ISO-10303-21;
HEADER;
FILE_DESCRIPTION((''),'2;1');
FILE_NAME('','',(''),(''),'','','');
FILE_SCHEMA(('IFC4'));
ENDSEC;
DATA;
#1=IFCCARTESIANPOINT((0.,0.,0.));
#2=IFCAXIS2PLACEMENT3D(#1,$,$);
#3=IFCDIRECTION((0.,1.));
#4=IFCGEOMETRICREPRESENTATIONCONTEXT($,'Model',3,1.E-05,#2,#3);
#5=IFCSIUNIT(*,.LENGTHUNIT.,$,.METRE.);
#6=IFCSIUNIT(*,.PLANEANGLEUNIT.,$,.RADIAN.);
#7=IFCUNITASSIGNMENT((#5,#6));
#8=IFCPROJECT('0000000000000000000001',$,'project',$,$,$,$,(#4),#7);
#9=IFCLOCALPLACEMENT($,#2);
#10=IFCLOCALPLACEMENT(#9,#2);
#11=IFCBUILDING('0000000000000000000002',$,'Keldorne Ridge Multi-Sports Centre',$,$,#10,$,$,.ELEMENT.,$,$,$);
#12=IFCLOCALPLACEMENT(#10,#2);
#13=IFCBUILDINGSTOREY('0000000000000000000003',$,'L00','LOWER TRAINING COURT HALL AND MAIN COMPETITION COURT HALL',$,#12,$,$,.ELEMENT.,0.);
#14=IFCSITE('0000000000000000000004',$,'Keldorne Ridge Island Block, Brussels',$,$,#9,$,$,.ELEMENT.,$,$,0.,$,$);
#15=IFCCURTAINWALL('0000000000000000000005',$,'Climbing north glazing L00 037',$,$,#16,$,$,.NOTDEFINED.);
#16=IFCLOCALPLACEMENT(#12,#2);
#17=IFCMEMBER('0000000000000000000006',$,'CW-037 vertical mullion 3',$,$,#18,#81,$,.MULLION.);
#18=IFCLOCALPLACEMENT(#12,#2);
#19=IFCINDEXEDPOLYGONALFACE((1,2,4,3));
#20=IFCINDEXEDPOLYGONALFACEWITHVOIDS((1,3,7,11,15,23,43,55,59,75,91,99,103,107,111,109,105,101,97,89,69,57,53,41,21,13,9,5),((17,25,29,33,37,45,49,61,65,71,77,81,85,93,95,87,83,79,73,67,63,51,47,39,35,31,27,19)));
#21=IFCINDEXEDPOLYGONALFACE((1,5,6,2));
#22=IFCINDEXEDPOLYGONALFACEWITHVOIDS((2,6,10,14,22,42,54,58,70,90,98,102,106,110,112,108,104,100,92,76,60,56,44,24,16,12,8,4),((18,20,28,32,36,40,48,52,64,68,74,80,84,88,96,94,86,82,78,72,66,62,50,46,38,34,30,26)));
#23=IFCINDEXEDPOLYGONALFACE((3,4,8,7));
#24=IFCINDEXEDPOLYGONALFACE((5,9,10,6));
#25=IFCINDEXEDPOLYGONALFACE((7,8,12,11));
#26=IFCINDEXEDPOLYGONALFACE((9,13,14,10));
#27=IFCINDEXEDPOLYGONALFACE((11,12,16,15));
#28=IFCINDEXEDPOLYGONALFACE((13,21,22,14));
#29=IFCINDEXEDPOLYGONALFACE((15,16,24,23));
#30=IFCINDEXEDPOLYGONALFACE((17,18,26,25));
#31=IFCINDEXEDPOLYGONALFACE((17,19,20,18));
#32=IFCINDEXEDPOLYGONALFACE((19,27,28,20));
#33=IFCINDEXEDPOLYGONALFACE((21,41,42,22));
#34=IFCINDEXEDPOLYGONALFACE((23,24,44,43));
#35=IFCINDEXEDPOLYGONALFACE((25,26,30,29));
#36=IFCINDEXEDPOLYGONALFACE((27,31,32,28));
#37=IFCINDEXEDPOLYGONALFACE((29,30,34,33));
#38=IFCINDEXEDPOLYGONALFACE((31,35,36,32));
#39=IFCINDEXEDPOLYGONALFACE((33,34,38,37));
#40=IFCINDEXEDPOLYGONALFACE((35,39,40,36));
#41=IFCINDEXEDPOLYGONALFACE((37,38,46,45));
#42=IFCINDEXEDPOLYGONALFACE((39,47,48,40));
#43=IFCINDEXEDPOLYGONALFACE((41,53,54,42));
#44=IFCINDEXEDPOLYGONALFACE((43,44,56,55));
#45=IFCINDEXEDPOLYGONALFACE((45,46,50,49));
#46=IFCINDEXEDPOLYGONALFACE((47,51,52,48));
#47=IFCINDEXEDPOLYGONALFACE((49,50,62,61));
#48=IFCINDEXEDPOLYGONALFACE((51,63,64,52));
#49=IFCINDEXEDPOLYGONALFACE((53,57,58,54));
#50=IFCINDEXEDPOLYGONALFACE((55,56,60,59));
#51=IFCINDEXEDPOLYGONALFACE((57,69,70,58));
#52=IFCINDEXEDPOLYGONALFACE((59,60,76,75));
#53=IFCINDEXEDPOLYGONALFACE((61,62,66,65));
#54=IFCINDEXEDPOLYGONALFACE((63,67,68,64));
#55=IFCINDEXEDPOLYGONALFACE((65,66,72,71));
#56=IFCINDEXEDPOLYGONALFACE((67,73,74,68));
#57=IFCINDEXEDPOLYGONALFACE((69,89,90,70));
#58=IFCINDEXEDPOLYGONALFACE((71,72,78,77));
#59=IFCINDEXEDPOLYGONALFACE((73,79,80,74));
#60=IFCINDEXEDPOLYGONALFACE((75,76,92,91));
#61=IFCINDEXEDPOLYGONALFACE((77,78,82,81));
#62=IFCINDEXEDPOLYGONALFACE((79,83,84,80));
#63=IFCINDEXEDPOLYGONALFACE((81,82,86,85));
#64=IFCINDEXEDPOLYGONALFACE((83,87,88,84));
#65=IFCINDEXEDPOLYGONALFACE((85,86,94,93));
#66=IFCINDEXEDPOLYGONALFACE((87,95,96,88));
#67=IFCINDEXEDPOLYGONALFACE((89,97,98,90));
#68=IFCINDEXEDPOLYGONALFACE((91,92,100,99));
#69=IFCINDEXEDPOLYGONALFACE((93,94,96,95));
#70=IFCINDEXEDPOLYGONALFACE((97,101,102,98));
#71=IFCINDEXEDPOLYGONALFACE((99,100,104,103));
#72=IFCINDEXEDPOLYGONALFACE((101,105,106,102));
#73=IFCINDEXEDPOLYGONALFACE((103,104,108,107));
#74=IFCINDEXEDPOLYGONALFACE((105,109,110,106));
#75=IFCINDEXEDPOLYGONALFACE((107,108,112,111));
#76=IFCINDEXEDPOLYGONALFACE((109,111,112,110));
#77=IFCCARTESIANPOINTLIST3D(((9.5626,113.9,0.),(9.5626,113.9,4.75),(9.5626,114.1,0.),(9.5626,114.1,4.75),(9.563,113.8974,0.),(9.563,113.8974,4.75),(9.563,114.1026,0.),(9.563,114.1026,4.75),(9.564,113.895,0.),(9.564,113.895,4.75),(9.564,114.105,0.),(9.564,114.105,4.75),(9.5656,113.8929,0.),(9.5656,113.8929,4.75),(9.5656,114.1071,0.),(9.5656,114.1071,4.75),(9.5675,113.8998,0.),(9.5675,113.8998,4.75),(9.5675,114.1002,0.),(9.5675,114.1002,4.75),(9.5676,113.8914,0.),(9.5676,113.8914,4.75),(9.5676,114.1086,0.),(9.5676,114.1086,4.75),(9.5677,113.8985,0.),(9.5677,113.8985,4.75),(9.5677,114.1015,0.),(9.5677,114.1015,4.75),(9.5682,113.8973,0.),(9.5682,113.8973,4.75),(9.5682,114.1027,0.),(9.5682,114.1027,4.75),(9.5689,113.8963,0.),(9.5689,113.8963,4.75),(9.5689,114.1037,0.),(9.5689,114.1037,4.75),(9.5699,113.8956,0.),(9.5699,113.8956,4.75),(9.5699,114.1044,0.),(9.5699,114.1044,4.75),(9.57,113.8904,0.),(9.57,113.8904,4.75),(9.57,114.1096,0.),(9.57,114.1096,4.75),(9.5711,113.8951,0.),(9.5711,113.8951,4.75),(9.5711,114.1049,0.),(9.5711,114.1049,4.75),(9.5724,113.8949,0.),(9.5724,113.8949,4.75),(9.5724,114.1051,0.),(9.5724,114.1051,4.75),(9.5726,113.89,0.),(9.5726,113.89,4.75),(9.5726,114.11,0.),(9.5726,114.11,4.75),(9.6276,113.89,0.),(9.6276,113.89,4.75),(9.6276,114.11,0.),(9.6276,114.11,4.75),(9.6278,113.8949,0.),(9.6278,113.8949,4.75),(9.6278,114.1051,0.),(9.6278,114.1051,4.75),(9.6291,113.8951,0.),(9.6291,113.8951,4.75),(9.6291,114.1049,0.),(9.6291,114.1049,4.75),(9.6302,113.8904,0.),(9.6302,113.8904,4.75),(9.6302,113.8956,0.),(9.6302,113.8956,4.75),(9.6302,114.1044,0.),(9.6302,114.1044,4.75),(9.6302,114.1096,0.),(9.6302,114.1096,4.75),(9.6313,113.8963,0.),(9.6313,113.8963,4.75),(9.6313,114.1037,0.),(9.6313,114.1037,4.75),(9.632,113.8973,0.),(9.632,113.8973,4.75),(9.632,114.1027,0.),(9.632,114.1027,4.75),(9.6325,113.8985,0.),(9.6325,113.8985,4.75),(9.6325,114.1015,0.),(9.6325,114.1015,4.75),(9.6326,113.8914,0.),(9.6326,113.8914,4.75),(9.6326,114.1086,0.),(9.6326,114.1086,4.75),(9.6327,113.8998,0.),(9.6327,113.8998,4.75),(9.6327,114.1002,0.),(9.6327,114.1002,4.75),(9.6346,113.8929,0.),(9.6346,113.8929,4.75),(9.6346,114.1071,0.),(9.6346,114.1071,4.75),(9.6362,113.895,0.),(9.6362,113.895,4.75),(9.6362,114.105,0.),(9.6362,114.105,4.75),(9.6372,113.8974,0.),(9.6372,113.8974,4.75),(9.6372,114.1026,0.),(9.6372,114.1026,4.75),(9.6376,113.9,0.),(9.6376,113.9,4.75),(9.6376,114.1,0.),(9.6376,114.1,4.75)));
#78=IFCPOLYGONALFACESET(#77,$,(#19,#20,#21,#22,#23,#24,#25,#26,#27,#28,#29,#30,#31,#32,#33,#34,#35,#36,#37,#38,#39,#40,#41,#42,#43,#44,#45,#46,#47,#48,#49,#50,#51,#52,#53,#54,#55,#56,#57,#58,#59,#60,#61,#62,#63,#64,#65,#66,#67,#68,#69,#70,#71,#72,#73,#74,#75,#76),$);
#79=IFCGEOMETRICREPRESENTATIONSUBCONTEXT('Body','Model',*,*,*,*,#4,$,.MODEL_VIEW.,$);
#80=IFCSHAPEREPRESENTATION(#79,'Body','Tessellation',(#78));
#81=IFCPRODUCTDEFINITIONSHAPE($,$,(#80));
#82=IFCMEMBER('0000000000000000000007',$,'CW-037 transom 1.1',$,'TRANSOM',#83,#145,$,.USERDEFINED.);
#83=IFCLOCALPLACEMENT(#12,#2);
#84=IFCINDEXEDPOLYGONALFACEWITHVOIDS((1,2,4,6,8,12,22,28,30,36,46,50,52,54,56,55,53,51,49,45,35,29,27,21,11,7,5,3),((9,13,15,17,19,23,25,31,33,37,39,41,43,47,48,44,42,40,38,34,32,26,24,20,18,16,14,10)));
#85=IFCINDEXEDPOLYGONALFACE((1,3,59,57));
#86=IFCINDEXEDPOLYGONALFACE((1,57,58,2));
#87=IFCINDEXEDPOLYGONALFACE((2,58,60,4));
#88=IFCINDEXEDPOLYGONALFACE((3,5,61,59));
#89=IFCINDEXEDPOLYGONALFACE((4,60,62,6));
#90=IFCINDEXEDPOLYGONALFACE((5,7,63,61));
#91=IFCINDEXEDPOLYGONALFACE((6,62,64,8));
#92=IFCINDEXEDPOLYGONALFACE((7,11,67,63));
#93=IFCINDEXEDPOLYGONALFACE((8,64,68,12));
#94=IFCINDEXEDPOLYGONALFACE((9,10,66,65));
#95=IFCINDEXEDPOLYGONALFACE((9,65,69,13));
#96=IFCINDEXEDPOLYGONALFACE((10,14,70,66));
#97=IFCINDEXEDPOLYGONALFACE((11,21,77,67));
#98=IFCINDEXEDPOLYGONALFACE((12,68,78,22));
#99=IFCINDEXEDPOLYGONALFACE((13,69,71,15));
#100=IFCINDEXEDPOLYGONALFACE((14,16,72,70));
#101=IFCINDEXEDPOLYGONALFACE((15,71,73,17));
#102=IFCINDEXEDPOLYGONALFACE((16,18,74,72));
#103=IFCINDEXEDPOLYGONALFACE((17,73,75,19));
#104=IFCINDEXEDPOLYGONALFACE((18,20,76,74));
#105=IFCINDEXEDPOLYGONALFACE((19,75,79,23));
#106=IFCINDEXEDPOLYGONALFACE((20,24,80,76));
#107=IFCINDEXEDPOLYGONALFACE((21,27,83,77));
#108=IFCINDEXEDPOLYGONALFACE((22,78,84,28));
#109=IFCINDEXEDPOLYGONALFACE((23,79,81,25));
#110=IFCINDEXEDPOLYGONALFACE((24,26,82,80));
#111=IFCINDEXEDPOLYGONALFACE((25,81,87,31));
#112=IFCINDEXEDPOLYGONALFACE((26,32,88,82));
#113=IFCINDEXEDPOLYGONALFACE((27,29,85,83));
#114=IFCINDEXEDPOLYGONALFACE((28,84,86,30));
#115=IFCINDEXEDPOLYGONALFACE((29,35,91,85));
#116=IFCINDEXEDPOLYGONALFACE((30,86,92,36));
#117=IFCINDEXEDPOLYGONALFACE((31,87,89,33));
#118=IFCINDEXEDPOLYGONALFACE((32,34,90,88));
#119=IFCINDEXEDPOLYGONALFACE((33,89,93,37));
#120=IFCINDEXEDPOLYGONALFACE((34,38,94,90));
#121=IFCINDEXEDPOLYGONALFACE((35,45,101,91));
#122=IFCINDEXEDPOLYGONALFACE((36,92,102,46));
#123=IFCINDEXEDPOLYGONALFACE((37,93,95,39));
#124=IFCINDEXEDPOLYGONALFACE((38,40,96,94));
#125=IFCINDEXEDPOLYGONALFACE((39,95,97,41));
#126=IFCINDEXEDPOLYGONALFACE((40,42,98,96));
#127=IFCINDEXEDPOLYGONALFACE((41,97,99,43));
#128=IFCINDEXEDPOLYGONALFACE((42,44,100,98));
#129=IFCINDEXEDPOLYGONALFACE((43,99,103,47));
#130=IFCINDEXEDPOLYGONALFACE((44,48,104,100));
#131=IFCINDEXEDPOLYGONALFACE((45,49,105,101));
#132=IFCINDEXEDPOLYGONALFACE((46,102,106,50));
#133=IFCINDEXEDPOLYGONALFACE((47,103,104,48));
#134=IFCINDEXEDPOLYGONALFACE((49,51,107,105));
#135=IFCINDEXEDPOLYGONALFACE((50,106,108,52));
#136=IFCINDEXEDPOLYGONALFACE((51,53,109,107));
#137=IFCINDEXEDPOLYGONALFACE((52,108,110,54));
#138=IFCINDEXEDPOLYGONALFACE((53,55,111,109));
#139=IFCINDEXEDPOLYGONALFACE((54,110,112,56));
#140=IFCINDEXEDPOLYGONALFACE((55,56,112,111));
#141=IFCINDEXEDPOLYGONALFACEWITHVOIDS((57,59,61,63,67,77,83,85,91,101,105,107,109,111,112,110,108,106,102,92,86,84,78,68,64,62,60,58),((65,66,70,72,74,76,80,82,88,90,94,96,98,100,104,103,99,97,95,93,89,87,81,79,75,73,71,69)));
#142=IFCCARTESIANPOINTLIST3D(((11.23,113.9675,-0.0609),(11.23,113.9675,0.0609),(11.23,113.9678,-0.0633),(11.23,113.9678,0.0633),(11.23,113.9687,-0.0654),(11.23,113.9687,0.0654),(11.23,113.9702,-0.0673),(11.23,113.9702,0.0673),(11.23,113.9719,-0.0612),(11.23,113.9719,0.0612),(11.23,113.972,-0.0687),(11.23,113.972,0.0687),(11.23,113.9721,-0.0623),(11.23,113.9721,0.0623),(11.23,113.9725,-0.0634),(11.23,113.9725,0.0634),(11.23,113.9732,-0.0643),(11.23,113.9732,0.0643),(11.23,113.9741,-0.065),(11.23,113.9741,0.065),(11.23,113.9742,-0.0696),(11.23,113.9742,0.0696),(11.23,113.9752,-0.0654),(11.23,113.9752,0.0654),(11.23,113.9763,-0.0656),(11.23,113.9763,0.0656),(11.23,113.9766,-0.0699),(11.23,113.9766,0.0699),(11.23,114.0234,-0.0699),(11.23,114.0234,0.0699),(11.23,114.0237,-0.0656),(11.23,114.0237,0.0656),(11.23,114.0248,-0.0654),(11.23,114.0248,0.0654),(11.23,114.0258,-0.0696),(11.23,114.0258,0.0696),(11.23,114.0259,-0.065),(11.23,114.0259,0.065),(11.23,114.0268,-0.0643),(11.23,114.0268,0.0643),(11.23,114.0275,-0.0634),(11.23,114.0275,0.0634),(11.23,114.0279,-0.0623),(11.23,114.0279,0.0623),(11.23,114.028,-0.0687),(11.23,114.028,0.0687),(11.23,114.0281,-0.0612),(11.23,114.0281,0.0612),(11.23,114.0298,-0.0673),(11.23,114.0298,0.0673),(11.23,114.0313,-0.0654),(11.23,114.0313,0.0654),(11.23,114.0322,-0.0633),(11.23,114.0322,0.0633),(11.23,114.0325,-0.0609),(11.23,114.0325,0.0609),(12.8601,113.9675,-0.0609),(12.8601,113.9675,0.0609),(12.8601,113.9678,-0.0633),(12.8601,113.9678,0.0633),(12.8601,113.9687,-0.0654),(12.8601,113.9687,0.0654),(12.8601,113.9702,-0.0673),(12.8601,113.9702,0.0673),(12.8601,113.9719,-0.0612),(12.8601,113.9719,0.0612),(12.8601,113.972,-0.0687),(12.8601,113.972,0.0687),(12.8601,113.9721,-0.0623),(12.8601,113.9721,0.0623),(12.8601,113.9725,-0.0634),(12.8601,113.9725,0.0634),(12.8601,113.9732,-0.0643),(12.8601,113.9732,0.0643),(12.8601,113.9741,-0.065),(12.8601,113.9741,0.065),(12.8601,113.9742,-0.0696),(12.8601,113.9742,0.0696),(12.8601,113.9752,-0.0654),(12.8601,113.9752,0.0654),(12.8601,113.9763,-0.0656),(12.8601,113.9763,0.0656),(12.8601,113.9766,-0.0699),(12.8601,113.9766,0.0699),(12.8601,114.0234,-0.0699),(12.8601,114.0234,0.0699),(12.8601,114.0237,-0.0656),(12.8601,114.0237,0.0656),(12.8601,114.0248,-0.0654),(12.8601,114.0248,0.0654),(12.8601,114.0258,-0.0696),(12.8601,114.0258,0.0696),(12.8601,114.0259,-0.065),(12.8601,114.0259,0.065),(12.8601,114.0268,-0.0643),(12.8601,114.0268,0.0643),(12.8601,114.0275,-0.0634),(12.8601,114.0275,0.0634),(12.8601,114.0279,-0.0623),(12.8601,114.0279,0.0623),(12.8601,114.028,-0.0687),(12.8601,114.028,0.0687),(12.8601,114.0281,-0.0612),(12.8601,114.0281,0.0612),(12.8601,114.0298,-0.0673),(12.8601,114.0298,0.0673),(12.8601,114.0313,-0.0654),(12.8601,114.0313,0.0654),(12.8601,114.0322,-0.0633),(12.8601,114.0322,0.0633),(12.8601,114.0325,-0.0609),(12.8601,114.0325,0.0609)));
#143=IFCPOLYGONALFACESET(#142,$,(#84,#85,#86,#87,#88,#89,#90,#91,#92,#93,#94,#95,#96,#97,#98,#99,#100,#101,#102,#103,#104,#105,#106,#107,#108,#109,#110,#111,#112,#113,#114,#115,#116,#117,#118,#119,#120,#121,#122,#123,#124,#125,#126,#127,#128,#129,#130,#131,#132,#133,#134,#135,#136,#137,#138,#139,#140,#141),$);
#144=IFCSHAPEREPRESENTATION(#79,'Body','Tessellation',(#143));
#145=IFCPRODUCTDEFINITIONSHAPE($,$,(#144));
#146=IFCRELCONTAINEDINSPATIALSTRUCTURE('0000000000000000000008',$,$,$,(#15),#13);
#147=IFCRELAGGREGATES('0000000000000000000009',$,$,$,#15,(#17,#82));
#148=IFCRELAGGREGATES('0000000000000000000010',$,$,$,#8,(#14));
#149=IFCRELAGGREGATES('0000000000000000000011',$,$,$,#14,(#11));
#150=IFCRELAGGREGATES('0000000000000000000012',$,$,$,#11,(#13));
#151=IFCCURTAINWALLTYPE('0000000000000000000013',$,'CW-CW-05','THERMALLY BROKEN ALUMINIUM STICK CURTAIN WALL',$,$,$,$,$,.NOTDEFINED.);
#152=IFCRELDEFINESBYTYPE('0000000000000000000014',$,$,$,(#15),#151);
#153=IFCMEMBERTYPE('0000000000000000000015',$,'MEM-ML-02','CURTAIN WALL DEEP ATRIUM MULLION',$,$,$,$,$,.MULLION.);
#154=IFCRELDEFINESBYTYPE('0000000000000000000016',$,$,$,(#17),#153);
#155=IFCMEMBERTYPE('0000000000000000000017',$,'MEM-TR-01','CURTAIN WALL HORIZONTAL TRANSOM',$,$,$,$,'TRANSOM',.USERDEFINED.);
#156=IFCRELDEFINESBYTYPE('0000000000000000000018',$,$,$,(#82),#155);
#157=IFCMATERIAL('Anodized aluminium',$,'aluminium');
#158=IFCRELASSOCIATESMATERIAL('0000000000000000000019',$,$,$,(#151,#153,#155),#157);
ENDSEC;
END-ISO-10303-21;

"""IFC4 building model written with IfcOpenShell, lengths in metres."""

from ifc_helpers import new_model, si_unit, direction, frame, origin, origin_2d, place, context, subcontext, project, spatial, hollow_rectangle, extrude, material, material_profile, profile_set, type_object, element, aggregate, save


model = new_model("IFC4")

# Units and contexts
model_context = context("Model", 3, precision=1e-05, world=origin(), true_north=direction((0.0, 1.0)))
body_context = subcontext(model_context, "Body", "Model", "MODEL_VIEW")
ifc_project = project(units=[si_unit("LENGTHUNIT", "METRE"), si_unit("PLANEANGLEUNIT", "RADIAN")], contexts=[model_context])

# Site, building, storey
site_placement = place(None, origin())
site = spatial("IfcSite", under=ifc_project, at=site_placement, Name="Keldorne Ridge Island Block, Brussels", CompositionType="ELEMENT", RefElevation=0.0)
building_placement = place(site_placement, origin())
building = spatial("IfcBuilding", under=site, at=building_placement, Name="Keldorne Ridge Multi-Sports Centre", CompositionType="ELEMENT")
storey_placement = place(building_placement, origin())
storey = spatial("IfcBuildingStorey", under=building, at=storey_placement, Name="L00", Description="LOWER TRAINING COURT HALL AND MAIN COMPETITION COURT HALL", CompositionType="ELEMENT", Elevation=0.0)

# Curtain wall, members
ifc_material_1 = material(Name="Anodized aluminium", Category="aluminium")
curtain_wall_type = type_object("IfcCurtainWallType", Name="CW-CW-05", Description="THERMALLY BROKEN ALUMINIUM STICK CURTAIN WALL", PredefinedType="NOTDEFINED", material=ifc_material_1)
curtain_wall_placement = place(storey_placement, origin())
curtain_wall = element("IfcCurtainWall", 1, at=curtain_wall_placement, inside=storey, type_object=curtain_wall_type, Name="Climbing north glazing L00 037", PredefinedType="NOTDEFINED")
ifc_material_profile_1 = material_profile(ifc_material_1, hollow_rectangle(XDim=0.075, YDim=0.22, WallThickness=0.0049, InnerFilletRadius=0.0049, OuterFilletRadius=0.01, at=origin_2d()), Name="ALU MULLION 220x75x5")
ifc_profile_set_1 = profile_set([ifc_material_profile_1], Name="Anodized aluminium")
member_type_1 = type_object("IfcMemberType", Name="MEM-ML-02", Description="CURTAIN WALL DEEP ATRIUM MULLION", PredefinedType="MULLION", material=ifc_profile_set_1)
member_1_placement = place(storey_placement, frame((9.6001, 114.0, 0.0), z_axis=(0.0, 0.0, 1.0), x_axis=(1.0, 0.0, 0.0)))
member_1 = element("IfcMember", 2, at=member_1_placement, type_object=member_type_1, Name="CW-037 vertical mullion 3", PredefinedType="MULLION", context=body_context, shape_type="SweptSolid", body=[
    extrude(hollow_rectangle(XDim=0.075, YDim=0.22, WallThickness=0.0049, InnerFilletRadius=0.0049, OuterFilletRadius=0.01, at=origin_2d()), origin(), (0.0, 0.0, 1.0), 4.75),
])
ifc_material_profile_2 = material_profile(ifc_material_1, hollow_rectangle(XDim=0.0649, YDim=0.1399, WallThickness=0.0044, InnerFilletRadius=0.0044, OuterFilletRadius=0.009, at=origin_2d()), Name="ALU TRANSOM 140x65x4.5")
ifc_profile_set_2 = profile_set([ifc_material_profile_2], Name="Anodized aluminium")
member_type_2 = type_object("IfcMemberType", Name="MEM-TR-01", Description="CURTAIN WALL HORIZONTAL TRANSOM", ElementType="TRANSOM", PredefinedType="USERDEFINED", material=ifc_profile_set_2)
member_2_placement = place(storey_placement, frame((12.8601, 114.0, 0.0), z_axis=(-1.0, 0.0, 0.0), x_axis=(0.0, -1.0, 0.0)))
member_2 = element("IfcMember", 3, at=member_2_placement, type_object=member_type_2, Name="CW-037 transom 1.1", ObjectType="TRANSOM", PredefinedType="USERDEFINED", context=body_context, shape_type="SweptSolid", body=[
    extrude(hollow_rectangle(XDim=0.0649, YDim=0.1399, WallThickness=0.0044, InnerFilletRadius=0.0044, OuterFilletRadius=0.009, at=origin_2d()), origin(), (0.0, 0.0, 1.0), 1.6301),
])
aggregate(curtain_wall, [member_1, member_2])

save(model, "model.ifc")
